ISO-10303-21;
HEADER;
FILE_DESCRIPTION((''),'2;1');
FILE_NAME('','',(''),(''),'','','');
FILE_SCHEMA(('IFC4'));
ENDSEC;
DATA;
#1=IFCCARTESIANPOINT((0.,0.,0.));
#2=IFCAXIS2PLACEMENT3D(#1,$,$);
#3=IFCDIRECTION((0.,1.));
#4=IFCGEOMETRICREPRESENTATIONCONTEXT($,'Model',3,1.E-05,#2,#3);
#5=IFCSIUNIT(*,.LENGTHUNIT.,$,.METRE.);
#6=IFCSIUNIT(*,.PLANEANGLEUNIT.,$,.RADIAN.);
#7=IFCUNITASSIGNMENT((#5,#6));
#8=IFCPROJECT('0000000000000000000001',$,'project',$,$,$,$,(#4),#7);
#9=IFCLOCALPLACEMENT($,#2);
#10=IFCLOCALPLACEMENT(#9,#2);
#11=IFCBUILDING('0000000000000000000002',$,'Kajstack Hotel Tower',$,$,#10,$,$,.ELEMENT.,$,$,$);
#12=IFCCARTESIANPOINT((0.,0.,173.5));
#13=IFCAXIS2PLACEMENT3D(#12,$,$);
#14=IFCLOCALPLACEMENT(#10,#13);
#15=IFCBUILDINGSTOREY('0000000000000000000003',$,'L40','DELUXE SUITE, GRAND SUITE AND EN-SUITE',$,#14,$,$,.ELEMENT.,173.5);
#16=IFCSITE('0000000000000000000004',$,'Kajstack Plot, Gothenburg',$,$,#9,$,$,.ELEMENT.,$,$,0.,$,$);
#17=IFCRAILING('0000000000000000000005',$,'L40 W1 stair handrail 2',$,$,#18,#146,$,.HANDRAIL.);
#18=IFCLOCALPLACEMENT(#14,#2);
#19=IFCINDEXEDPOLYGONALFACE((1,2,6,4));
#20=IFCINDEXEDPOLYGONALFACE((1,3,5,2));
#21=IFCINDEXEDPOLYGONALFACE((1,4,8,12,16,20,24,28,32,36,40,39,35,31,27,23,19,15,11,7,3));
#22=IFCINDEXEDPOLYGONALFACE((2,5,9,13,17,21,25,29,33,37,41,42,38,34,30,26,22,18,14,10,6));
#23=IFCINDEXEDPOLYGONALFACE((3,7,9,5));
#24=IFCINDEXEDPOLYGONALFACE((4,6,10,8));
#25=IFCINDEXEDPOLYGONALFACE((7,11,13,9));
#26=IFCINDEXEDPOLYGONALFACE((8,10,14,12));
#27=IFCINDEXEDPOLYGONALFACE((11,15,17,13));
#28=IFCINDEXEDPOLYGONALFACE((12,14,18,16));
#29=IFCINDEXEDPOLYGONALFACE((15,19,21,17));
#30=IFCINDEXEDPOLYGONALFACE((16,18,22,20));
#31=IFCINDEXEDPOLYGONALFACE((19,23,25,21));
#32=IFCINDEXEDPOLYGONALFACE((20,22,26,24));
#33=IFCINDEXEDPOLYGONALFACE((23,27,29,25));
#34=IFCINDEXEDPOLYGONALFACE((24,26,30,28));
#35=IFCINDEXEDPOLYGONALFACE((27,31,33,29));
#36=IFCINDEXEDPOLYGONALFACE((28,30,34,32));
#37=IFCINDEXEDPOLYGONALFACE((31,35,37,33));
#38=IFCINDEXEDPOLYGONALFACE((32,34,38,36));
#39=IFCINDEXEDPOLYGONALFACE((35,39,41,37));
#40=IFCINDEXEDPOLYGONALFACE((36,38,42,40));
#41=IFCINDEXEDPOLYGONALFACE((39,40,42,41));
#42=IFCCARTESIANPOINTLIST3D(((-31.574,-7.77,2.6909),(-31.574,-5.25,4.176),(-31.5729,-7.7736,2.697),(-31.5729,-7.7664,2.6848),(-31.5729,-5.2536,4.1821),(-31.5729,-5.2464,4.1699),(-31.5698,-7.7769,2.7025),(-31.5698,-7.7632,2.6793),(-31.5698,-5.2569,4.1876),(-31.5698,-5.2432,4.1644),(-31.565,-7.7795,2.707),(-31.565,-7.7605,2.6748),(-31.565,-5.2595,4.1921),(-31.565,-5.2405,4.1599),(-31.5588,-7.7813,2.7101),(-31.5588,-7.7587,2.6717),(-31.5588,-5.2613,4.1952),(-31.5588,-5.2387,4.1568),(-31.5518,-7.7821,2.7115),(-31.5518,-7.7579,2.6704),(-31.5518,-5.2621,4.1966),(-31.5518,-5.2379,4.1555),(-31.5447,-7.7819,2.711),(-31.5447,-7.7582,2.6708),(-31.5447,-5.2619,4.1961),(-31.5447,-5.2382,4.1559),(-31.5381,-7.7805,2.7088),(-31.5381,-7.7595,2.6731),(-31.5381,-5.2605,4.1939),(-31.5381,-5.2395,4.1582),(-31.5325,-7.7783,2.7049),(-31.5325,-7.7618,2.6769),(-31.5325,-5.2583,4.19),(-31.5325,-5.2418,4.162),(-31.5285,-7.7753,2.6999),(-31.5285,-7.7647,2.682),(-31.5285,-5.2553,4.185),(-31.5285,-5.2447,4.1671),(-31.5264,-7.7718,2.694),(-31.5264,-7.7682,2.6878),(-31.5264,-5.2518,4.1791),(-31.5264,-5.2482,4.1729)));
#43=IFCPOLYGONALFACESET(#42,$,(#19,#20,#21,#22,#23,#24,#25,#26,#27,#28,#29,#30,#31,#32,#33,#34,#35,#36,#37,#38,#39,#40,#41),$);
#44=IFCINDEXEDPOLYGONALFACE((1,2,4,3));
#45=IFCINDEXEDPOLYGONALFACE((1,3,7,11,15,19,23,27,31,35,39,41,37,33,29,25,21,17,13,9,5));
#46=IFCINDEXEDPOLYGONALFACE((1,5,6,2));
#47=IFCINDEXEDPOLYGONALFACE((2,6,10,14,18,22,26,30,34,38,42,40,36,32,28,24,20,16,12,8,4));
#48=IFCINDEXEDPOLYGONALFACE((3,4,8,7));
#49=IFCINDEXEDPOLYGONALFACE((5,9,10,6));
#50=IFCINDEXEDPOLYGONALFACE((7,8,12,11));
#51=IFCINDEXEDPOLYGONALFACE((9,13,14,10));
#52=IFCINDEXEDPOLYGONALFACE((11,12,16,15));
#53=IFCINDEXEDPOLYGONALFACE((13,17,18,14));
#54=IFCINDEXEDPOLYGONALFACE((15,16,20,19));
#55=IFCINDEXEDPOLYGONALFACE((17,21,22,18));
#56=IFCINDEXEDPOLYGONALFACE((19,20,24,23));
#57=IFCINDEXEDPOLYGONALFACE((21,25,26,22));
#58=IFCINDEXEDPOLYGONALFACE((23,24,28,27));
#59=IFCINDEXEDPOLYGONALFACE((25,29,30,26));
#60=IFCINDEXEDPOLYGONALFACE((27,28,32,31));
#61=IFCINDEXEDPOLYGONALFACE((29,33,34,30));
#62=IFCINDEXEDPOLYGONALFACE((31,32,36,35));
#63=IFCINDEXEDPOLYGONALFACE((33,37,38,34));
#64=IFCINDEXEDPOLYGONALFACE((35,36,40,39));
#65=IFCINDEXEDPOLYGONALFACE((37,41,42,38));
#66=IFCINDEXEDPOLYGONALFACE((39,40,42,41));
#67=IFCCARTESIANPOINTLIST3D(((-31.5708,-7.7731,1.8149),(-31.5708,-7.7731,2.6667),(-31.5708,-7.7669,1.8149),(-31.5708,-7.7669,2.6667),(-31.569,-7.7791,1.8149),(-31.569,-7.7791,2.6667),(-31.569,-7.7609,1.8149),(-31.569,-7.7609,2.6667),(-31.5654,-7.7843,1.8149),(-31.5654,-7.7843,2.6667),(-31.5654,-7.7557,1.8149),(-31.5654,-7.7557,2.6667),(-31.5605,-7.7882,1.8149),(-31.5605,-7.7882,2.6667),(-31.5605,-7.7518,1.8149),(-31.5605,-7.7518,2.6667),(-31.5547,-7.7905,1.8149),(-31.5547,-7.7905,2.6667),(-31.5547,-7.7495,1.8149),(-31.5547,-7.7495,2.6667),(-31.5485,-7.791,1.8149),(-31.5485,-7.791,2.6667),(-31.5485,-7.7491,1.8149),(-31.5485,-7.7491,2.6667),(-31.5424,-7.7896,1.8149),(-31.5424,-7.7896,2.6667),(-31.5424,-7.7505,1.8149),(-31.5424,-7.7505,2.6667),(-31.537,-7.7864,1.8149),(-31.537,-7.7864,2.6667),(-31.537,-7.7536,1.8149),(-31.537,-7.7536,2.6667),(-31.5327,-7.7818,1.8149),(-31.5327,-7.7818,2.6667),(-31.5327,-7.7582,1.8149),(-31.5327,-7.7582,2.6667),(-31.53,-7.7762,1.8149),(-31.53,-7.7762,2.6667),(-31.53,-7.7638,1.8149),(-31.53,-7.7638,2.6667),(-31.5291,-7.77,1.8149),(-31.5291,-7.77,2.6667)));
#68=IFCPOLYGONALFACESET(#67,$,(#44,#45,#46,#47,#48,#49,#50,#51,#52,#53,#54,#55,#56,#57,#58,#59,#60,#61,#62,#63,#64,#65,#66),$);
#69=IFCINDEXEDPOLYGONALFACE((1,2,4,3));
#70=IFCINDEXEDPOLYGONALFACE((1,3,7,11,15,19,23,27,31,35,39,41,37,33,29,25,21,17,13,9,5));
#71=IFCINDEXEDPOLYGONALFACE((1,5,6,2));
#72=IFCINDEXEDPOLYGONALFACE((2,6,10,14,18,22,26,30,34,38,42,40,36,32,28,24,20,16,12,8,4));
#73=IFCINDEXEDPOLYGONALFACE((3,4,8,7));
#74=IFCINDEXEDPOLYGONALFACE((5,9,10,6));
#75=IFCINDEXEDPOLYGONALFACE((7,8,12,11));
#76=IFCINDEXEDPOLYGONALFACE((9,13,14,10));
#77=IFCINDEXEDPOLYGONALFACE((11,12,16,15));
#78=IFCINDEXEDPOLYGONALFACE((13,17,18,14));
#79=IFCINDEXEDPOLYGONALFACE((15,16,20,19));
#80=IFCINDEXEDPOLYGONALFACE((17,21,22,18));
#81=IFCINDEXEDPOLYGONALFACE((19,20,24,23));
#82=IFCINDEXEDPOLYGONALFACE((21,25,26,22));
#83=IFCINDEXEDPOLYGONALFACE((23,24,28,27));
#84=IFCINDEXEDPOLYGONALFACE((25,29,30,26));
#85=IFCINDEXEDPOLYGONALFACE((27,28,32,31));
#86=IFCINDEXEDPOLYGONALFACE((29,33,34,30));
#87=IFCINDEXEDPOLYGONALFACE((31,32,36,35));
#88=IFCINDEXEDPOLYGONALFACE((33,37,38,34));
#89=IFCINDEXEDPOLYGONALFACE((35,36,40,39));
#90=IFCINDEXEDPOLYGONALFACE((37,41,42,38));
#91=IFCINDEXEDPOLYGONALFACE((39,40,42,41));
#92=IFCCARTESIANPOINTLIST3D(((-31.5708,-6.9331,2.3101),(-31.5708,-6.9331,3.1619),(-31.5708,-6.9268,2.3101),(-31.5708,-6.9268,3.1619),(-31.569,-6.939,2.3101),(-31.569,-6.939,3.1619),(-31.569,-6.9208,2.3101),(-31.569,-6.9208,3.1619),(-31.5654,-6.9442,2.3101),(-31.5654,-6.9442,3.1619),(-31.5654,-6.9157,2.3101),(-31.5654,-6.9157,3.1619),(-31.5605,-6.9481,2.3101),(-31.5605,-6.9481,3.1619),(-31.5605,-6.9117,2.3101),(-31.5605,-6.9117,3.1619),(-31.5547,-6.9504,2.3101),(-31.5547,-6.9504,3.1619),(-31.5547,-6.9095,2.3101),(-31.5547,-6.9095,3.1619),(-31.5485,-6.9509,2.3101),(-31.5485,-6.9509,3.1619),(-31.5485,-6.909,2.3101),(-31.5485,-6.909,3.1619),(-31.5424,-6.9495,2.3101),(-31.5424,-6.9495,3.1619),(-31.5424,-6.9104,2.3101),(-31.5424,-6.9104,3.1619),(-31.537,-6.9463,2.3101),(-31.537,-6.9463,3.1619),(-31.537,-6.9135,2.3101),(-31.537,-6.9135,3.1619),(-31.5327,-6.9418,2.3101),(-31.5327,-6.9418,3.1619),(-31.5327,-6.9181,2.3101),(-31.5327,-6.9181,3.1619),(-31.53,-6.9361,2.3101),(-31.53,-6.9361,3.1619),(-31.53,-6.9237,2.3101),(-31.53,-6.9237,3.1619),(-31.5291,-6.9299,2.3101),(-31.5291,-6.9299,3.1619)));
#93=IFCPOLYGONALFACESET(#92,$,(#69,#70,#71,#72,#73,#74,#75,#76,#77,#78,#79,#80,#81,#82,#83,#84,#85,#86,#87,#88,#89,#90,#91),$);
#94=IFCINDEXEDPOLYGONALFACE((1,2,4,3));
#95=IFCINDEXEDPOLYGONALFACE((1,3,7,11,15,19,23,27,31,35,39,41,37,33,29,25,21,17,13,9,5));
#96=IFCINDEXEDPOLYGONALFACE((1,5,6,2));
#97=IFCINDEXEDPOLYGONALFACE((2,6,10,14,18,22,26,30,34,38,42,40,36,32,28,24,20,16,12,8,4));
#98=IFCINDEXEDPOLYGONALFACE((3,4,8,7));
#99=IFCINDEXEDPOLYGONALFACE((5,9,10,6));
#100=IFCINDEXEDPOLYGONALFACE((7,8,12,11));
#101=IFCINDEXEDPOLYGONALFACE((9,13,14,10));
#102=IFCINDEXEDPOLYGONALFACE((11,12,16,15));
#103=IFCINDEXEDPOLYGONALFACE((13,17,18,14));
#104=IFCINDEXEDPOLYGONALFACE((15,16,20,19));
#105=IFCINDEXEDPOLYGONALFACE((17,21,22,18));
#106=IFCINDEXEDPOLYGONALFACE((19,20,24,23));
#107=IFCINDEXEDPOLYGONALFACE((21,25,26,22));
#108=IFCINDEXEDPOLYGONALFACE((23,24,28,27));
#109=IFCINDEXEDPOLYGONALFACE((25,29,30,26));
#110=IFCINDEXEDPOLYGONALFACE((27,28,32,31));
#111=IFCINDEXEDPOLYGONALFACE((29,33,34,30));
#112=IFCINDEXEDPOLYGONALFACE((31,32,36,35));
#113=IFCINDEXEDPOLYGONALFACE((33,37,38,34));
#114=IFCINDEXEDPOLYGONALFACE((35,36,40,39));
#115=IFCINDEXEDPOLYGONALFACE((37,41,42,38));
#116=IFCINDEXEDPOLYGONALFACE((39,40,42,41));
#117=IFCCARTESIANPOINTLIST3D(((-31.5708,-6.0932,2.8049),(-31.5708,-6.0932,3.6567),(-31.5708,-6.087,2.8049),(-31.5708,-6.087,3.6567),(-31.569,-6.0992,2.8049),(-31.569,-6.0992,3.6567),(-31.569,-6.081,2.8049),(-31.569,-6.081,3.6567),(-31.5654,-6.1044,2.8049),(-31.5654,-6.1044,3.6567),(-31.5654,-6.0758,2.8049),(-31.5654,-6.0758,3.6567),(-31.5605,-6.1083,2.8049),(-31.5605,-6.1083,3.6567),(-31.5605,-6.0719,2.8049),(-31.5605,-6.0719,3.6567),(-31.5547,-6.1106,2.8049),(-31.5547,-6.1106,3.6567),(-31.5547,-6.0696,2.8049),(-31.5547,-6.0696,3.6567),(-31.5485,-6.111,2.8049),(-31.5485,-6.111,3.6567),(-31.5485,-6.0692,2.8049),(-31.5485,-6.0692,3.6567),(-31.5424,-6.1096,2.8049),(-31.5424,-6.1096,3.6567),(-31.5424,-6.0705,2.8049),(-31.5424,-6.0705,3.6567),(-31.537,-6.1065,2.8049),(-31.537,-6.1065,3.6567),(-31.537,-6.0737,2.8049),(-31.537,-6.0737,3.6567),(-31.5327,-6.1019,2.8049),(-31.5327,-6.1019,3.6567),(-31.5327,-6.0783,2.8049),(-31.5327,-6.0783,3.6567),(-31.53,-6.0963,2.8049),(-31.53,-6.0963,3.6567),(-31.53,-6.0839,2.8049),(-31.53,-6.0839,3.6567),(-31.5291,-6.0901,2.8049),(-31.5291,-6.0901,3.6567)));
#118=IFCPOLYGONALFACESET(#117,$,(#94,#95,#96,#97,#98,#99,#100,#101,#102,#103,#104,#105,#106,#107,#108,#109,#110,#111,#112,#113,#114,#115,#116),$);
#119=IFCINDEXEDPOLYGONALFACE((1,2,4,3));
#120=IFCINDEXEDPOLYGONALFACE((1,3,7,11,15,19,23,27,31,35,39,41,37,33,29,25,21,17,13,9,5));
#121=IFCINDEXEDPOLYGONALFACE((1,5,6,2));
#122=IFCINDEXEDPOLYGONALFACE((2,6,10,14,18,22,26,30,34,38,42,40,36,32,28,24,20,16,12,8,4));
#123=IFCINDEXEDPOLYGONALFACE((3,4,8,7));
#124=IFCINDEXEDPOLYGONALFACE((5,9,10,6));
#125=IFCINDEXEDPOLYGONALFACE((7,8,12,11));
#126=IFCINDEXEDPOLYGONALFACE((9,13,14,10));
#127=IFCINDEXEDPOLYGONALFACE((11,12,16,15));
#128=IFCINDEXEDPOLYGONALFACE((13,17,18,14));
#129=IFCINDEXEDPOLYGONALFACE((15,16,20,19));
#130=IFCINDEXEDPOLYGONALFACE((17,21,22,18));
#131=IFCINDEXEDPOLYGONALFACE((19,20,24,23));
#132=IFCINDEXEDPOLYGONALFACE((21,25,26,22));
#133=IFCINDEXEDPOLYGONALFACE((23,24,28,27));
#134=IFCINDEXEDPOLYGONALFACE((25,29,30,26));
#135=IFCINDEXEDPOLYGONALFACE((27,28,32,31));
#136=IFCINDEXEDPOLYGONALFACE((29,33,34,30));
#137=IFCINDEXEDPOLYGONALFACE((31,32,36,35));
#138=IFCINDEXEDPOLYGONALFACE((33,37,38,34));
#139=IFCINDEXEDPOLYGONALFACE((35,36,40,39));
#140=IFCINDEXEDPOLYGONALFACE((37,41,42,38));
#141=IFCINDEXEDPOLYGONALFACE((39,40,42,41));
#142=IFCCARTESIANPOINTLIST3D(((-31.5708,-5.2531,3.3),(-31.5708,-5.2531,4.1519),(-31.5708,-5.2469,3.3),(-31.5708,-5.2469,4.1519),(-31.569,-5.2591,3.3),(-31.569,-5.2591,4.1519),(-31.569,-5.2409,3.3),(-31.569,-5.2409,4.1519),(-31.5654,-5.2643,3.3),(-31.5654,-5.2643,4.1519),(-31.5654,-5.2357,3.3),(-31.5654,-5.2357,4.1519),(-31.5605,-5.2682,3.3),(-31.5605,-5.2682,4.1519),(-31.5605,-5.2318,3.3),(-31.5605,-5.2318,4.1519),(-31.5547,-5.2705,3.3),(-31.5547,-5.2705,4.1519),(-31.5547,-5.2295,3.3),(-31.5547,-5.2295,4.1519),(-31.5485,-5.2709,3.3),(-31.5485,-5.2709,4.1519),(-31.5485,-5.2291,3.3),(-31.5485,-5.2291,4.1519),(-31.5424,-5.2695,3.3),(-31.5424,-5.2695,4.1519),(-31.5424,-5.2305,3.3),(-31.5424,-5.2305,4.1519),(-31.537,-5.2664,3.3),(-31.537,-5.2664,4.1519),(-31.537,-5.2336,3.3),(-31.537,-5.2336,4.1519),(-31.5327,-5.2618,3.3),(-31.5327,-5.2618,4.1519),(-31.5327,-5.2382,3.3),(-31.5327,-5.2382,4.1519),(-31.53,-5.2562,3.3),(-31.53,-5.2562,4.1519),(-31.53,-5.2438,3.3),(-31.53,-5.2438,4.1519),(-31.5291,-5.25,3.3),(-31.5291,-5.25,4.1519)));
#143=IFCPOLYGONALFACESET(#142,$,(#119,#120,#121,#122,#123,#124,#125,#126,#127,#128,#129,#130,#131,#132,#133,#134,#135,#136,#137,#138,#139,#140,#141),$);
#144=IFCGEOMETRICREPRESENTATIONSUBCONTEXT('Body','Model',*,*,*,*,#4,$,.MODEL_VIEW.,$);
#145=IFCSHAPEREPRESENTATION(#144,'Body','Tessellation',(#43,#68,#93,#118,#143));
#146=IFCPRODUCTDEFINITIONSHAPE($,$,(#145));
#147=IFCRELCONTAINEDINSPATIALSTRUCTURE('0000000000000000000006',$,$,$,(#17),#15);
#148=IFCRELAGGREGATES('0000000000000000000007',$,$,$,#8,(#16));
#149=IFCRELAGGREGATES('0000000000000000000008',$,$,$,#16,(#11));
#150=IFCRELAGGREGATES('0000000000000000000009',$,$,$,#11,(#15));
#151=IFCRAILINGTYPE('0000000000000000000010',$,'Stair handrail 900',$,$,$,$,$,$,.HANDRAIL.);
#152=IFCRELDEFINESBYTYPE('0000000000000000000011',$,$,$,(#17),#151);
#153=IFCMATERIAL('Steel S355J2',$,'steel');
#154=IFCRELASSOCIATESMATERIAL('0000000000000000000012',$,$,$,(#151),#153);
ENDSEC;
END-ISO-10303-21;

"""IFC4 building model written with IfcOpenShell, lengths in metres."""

from ifc_helpers import new_model, si_unit, direction, frame, origin, origin_2d, place, context, subcontext, project, spatial, circle, extrude, material, type_object, element, save


model = new_model("IFC4")

# Units and contexts
model_context = context("Model", 3, precision=1e-05, world=origin(), true_north=direction((0.0, 1.0)))
body_context = subcontext(model_context, "Body", "Model", "MODEL_VIEW")
ifc_project = project(units=[si_unit("LENGTHUNIT", "METRE"), si_unit("PLANEANGLEUNIT", "RADIAN")], contexts=[model_context])

# Site, building, storey
site_placement = place(None, origin())
site = spatial("IfcSite", under=ifc_project, at=site_placement, Name="Kajstack Plot, Gothenburg", CompositionType="ELEMENT", RefElevation=0.0)
building_placement = place(site_placement, origin())
building = spatial("IfcBuilding", under=site, at=building_placement, Name="Kajstack Hotel Tower", CompositionType="ELEMENT")
storey_placement = place(building_placement, frame((0.0, 0.0, 173.5)))
storey = spatial("IfcBuildingStorey", under=building, at=storey_placement, Name="L40", Description="DELUXE SUITE, GRAND SUITE AND EN-SUITE", CompositionType="ELEMENT", Elevation=173.5)

# Railing
ifc_material_1 = material(Name="Steel S355J2", Category="steel")
railing_type_1 = type_object("IfcRailingType", Name="Stair handrail 900", PredefinedType="HANDRAIL", material=ifc_material_1)
railing_1_placement = place(storey_placement, frame((-31.55, -7.77, 1.8149)))
element("IfcRailing", 1, at=railing_1_placement, inside=storey, type_object=railing_type_1, Name="L40 W1 stair handrail 2", PredefinedType="HANDRAIL", context=body_context, shape_type="SweptSolid", body=[
    extrude(circle(Radius=0.0239, at=origin_2d()), frame((0.0, 0.0, 0.876), z_axis=(0.0, 0.861524, 0.507717), x_axis=(-1.0, 0.0, 0.0)), (0.0, 0.0, 1.0), 2.925),
    extrude(circle(Radius=0.021, at=origin_2d()), origin(), (0.0, 0.0, 1.0), 0.8518),
    extrude(circle(Radius=0.021, at=origin_2d()), frame((0.0, 0.8401, 0.4951)), (0.0, 0.0, 1.0), 0.8518),
    extrude(circle(Radius=0.021, at=origin_2d()), frame((0.0, 1.6799, 0.99)), (0.0, 0.0, 1.0), 0.8518),
    extrude(circle(Radius=0.021, at=origin_2d()), frame((0.0, 2.52, 1.4851)), (0.0, 0.0, 1.0), 0.8518),
])

save(model, "model.ifc")
